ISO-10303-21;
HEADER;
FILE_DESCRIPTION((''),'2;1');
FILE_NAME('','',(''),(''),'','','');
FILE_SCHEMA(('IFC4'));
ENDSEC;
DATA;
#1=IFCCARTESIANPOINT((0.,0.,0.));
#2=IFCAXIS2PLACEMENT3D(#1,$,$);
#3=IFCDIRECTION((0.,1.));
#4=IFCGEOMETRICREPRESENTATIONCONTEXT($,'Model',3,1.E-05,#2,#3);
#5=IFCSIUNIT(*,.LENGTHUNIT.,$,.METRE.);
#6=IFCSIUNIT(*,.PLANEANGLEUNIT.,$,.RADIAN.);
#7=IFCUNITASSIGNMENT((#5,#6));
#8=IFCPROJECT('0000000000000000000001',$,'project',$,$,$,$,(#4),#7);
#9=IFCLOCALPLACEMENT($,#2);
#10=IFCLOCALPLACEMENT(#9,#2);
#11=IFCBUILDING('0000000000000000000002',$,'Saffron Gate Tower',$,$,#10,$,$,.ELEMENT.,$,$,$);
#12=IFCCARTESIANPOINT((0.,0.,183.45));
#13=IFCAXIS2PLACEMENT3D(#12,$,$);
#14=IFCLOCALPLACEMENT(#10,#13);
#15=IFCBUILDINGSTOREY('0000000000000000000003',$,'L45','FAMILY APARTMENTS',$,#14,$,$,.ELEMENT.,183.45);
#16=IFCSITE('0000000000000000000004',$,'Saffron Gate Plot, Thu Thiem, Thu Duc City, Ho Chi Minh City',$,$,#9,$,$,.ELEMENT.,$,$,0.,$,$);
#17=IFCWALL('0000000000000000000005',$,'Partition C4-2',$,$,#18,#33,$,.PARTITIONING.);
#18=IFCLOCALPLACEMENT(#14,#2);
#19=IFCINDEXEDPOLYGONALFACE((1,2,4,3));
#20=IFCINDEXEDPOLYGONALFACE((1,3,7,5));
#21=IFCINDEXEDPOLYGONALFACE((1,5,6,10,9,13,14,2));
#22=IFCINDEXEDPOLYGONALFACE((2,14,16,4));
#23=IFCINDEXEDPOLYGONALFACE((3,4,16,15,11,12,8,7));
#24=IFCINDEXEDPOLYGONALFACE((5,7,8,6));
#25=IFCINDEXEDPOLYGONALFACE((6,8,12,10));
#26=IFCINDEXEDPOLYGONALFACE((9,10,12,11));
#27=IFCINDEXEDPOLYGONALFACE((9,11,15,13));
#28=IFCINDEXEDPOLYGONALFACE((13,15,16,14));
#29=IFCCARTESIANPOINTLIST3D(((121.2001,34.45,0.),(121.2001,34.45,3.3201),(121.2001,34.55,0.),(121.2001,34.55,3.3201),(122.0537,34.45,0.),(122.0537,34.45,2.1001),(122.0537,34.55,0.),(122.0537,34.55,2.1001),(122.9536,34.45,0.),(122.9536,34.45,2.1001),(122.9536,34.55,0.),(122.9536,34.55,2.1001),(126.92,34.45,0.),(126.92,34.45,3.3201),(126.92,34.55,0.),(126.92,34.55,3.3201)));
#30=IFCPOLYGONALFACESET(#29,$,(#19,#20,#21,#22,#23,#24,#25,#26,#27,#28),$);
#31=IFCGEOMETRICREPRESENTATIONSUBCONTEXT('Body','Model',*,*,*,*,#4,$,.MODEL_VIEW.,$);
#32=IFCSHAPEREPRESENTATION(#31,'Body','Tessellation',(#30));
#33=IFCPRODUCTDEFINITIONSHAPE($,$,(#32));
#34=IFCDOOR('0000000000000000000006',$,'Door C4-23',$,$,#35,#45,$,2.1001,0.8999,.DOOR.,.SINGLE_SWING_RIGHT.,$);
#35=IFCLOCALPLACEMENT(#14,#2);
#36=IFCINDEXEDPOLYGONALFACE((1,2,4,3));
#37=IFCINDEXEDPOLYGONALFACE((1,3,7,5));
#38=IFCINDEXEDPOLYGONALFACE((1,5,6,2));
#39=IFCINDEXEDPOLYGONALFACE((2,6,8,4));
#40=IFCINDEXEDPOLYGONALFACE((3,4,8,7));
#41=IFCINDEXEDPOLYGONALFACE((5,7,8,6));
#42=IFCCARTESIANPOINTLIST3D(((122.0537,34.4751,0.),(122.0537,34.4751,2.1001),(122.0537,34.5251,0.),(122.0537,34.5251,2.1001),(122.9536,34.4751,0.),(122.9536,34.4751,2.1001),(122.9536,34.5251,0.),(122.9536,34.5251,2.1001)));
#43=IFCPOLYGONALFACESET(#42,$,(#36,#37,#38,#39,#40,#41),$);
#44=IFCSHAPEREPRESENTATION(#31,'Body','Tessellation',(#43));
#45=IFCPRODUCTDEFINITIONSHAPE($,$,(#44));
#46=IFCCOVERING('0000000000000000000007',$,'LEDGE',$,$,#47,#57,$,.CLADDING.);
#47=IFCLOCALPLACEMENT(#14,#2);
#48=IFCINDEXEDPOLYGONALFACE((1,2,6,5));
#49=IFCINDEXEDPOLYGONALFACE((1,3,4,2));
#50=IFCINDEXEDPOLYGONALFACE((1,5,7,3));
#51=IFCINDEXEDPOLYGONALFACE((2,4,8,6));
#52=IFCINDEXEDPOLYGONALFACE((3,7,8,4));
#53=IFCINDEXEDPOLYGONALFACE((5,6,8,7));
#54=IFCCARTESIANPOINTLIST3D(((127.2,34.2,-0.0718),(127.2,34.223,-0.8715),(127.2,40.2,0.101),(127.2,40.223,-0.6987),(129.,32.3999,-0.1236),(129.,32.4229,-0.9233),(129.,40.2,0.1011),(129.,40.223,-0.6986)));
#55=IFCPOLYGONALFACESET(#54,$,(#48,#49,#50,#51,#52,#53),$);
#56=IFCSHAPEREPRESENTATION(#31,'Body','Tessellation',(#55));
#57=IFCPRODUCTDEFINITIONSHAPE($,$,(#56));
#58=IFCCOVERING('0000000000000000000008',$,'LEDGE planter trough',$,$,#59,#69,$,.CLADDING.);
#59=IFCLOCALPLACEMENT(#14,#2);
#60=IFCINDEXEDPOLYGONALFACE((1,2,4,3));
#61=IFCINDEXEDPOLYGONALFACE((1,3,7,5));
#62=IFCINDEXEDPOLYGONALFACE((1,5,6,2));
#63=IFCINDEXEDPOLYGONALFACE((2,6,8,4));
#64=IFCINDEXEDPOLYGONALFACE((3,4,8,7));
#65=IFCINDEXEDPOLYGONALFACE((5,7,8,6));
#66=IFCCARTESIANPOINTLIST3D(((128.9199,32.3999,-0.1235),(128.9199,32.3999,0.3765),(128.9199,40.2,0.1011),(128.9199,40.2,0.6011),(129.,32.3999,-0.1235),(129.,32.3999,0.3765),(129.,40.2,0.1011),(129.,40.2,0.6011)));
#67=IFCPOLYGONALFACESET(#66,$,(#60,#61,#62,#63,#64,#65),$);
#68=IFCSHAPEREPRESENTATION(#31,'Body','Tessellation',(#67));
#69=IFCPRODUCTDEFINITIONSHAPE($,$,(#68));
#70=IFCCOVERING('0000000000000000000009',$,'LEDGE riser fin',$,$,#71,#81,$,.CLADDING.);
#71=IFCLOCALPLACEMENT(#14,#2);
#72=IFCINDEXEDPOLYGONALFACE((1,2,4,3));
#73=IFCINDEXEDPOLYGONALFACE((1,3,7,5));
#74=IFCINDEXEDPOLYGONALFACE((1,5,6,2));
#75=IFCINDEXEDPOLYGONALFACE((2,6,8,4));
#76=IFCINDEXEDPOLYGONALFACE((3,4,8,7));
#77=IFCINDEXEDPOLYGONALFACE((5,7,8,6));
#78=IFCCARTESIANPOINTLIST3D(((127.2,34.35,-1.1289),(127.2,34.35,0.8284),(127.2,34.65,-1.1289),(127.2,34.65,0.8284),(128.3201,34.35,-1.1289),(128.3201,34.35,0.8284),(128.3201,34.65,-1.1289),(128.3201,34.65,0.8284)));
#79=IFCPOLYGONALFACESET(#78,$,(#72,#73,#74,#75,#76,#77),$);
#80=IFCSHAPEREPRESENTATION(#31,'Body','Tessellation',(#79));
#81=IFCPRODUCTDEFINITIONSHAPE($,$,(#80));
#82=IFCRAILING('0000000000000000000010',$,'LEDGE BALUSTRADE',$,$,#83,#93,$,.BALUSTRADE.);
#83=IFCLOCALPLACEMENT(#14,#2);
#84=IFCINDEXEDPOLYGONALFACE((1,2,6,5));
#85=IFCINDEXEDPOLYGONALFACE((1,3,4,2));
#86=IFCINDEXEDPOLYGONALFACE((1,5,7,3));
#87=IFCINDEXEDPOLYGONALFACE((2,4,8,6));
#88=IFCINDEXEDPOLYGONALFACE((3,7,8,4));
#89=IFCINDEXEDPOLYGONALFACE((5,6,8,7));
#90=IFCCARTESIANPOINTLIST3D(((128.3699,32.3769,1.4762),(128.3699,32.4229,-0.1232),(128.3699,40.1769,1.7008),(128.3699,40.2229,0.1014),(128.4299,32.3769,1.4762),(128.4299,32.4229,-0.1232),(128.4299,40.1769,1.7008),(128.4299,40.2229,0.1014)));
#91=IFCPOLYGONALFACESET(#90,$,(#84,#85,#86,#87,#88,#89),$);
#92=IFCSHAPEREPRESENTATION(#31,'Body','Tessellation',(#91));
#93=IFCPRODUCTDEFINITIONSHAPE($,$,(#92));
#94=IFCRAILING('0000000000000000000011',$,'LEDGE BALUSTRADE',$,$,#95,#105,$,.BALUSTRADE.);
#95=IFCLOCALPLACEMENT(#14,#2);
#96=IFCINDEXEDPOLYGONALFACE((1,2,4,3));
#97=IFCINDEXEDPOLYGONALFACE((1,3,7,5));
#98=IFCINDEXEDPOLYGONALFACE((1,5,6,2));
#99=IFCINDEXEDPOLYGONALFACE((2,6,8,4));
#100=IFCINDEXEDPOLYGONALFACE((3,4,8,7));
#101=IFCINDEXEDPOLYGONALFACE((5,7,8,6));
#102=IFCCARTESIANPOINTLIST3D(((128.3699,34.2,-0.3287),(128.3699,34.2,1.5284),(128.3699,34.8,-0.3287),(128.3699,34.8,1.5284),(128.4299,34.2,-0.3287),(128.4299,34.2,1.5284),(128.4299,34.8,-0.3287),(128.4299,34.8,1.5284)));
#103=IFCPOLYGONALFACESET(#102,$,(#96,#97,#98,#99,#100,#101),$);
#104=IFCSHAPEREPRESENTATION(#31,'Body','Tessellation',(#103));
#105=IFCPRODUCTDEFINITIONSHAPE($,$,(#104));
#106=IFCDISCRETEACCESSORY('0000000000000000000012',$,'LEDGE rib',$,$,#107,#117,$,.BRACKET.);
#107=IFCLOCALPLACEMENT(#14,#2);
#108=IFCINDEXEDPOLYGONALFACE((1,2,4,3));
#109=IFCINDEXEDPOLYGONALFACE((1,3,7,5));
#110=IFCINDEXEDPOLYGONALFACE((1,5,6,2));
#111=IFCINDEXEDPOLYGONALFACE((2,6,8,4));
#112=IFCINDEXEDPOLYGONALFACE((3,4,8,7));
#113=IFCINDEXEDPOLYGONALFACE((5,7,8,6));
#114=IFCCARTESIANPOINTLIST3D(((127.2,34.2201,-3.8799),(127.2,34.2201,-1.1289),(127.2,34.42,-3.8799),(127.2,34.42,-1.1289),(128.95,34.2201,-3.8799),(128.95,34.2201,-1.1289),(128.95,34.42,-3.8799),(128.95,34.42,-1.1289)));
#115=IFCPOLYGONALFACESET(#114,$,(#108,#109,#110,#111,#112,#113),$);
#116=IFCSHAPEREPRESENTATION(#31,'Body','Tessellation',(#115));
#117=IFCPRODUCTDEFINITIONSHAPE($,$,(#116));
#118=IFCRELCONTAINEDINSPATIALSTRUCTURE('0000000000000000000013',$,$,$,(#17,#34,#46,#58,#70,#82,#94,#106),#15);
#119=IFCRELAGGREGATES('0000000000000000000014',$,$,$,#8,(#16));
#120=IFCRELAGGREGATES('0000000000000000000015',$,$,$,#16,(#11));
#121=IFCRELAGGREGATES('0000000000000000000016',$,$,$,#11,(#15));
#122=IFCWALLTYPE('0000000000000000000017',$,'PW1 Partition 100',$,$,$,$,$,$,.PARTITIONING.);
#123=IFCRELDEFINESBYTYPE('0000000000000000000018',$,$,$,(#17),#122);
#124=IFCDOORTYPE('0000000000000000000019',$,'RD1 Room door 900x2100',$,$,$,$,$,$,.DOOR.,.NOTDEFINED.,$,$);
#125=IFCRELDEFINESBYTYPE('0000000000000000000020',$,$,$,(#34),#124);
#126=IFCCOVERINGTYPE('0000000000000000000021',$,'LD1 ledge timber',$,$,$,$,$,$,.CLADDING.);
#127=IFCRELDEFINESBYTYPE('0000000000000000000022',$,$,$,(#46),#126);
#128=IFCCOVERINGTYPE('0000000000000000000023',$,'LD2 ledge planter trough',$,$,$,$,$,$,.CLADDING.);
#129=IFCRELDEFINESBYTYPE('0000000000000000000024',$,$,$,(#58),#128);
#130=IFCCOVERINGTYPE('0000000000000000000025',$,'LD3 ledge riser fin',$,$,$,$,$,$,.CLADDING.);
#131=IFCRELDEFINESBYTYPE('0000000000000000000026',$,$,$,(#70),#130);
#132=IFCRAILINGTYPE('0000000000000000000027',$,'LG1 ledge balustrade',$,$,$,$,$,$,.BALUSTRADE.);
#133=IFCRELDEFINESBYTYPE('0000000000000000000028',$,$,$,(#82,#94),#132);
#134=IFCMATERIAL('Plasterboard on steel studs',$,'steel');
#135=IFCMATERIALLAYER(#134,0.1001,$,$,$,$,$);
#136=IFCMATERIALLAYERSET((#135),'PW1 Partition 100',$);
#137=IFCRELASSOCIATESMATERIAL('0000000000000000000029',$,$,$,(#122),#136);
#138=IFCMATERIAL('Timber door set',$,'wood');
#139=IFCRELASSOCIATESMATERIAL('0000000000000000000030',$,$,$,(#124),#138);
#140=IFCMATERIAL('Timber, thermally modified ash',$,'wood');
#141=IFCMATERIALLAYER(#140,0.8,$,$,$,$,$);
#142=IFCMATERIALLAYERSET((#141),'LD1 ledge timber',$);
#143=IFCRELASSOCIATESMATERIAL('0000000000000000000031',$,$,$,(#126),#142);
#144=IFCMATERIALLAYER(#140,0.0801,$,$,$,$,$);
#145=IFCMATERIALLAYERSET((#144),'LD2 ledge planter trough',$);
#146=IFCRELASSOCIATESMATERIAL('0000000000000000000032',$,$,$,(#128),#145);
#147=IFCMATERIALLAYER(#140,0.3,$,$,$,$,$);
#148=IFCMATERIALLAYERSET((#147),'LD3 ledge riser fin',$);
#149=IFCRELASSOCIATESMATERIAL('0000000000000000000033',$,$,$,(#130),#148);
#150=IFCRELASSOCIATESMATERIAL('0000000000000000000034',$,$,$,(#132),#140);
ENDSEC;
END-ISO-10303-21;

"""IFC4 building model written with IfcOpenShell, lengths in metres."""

from ifc_helpers import new_model, si_unit, direction, frame, frame_2d, origin, origin_2d, place, context, subcontext, project, spatial, polyline, rectangle, outline, extrude, material, layer, layer_set, type_object, element, fill, save


model = new_model("IFC4")

# Units and contexts
model_context = context("Model", 3, precision=1e-05, world=origin(), true_north=direction((0.0, 1.0)))
body_context = subcontext(model_context, "Body", "Model", "MODEL_VIEW")
ifc_project = project(units=[si_unit("LENGTHUNIT", "METRE"), si_unit("PLANEANGLEUNIT", "RADIAN")], contexts=[model_context])

# Site, building, storey
site_placement = place(None, origin())
site = spatial("IfcSite", under=ifc_project, at=site_placement, Name="Saffron Gate Plot, Thu Thiem, Thu Duc City, Ho Chi Minh City", CompositionType="ELEMENT", RefElevation=0.0)
building_placement = place(site_placement, origin())
building = spatial("IfcBuilding", under=site, at=building_placement, Name="Saffron Gate Tower", CompositionType="ELEMENT")
storey_placement = place(building_placement, frame((0.0, 0.0, 183.45)))
storey = spatial("IfcBuildingStorey", under=building, at=storey_placement, Name="L45", Description="FAMILY APARTMENTS", CompositionType="ELEMENT", Elevation=183.45)

# Wall, opening, door
ifc_material_1 = material(Name="Plasterboard on steel studs", Category="steel")
ifc_layer_1 = layer(ifc_material_1, 0.1001)
ifc_layer_set_1 = layer_set([ifc_layer_1], Name="PW1 Partition 100")
wall_type = type_object("IfcWallType", Name="PW1 Partition 100", PredefinedType="PARTITIONING", material=ifc_layer_set_1)
wall_placement = place(storey_placement, frame((126.9199, 34.5, 0.0), z_axis=(0.0, 0.0, 1.0), x_axis=(-1.0, 0.0, 0.0)))
wall = element("IfcWall", 1, at=wall_placement, inside=storey, type_object=wall_type, Name="Partition C4-2", PredefinedType="PARTITIONING", context=body_context, shape_type="SweptSolid", body=[
    extrude(rectangle(XDim=5.72, YDim=0.1001, at=frame_2d((2.8599, 0.0))), origin(), (0.0, 0.0, 1.0), 3.3201),
])
opening_1_placement = place(wall_placement, frame((3.9663, 0.0, 0.0)))
opening_1 = element("IfcOpeningElement", 2, at=opening_1_placement, cuts=wall, PredefinedType="OPENING", context=body_context, shape_type="SweptSolid", body=[
    extrude(rectangle(XDim=0.8999, YDim=2.1001, at=frame_2d((0.45, 1.05))), frame((0.0, 0.0601, 0.0), z_axis=(0.0, -1.0, 0.0), x_axis=(1.0, 0.0, 0.0)), (0.0, 0.0, 1.0), 0.1201),
])
ifc_material_2 = material(Name="Timber door set", Category="wood")
door_type = type_object("IfcDoorType", Name="RD1 Room door 900x2100", OperationType="NOTDEFINED", PredefinedType="DOOR", material=ifc_material_2)
door_placement = place(opening_1_placement, origin())
door = element("IfcDoor", 3, at=door_placement, inside=storey, type_object=door_type, Name="Door C4-23", OperationType="SINGLE_SWING_RIGHT", OverallHeight=2.1001, OverallWidth=0.8999, PredefinedType="DOOR", context=body_context, shape_type="SweptSolid", body=[
    extrude(rectangle(XDim=0.8999, YDim=2.1001, at=frame_2d((0.45, 1.05))), frame((0.0, 0.0249, 0.0), z_axis=(0.0, -1.0, 0.0), x_axis=(1.0, 0.0, 0.0)), (0.0, 0.0, 1.0), 0.05),
])
fill(opening_1, door)

# Coverings
ifc_material_3 = material(Name="Timber, thermally modified ash", Category="wood")
ifc_layer_2 = layer(ifc_material_3, 0.8)
ifc_layer_set_2 = layer_set([ifc_layer_2], Name="LD1 ledge timber")
covering_type_1 = type_object("IfcCoveringType", Name="LD1 ledge timber", PredefinedType="CLADDING", material=ifc_layer_set_2)
covering_1_placement = place(storey_placement, frame((127.2, 34.2, -0.0718), z_axis=(-0.000024, -0.028789, 0.999585), x_axis=(0.0, 0.999585, 0.028789)))
element("IfcCovering", 4, at=covering_1_placement, inside=storey, type_object=covering_type_1, Name="LEDGE", PredefinedType="CLADDING", context=body_context, shape_type="SweptSolid", body=[
    extrude(outline(polyline([(0.0, 0.0), (6.0025, 0.0), (6.0025, -1.8), (-1.8008, -1.8), (0.0, 0.0)])), origin(), (0.0, 0.0, -1.0), 0.8),
])
ifc_layer_3 = layer(ifc_material_3, 0.0801)
ifc_layer_set_3 = layer_set([ifc_layer_3], Name="LD2 ledge planter trough")
covering_type_2 = type_object("IfcCoveringType", Name="LD2 ledge planter trough", PredefinedType="CLADDING", material=ifc_layer_set_3)
covering_2_placement = place(storey_placement, frame((129.0, 32.3999, -0.1235), z_axis=(1.0, 0.0, 0.0), x_axis=(0.0, 0.999586, 0.028784)))
element("IfcCovering", 5, at=covering_2_placement, inside=storey, type_object=covering_type_2, Name="LEDGE planter trough", PredefinedType="CLADDING", context=body_context, shape_type="SweptSolid", body=[
    extrude(outline(polyline([(0.0, 0.0), (7.8033, 0.0), (7.8177, 0.4998), (0.0144, 0.4998), (0.0, 0.0)])), origin(), (0.0, 0.0, -1.0), 0.0801),
])
ifc_layer_4 = layer(ifc_material_3, 0.3)
ifc_layer_set_4 = layer_set([ifc_layer_4], Name="LD3 ledge riser fin")
covering_type_3 = type_object("IfcCoveringType", Name="LD3 ledge riser fin", PredefinedType="CLADDING", material=ifc_layer_set_4)
covering_3_placement = place(storey_placement, frame((127.76, 34.5, -1.1289), z_axis=(0.0, 0.0, 1.0), x_axis=(0.0, 1.0, 0.0)))
element("IfcCovering", 6, at=covering_3_placement, inside=storey, type_object=covering_type_3, Name="LEDGE riser fin", PredefinedType="CLADDING", context=body_context, shape_type="SweptSolid", body=[
    extrude(rectangle(XDim=0.3, YDim=1.1201, at=origin_2d()), origin(), (0.0, 0.0, 1.0), 1.9573),
])

# Railings
railing_type = type_object("IfcRailingType", Name="LG1 ledge balustrade", PredefinedType="BALUSTRADE", material=ifc_material_3)
railing_1_placement = place(storey_placement, frame((128.3999, 32.3999, -0.1235)))
element("IfcRailing", 7, at=railing_1_placement, inside=storey, type_object=railing_type, Name="LEDGE BALUSTRADE", PredefinedType="BALUSTRADE", context=body_context, shape_type="SweptSolid", body=[
    extrude(rectangle(XDim=0.0601, YDim=1.6001, at=origin_2d()), frame((0.0, 0.0, 0.8), z_axis=(0.0, 0.999586, 0.028784), x_axis=(-1.0, 0.0, 0.0)), (0.0, 0.0, 1.0), 7.8032),
])
railing_2_placement = place(storey_placement, frame((128.3999, 34.2, -0.3289)))
element("IfcRailing", 8, at=railing_2_placement, inside=storey, type_object=railing_type, Name="LEDGE BALUSTRADE", PredefinedType="BALUSTRADE", context=body_context, shape_type="SweptSolid", body=[
    extrude(rectangle(XDim=0.0601, YDim=1.8572, at=origin_2d()), frame((0.0, 0.0, 0.9287), z_axis=(0.0, 1.0, 0.0), x_axis=(-1.0, 0.0, 0.0)), (0.0, 0.0, 1.0), 0.6001),
])

# Discrete accessory
discrete_accessory_placement = place(storey_placement, frame((128.075, 34.3201, -3.8799), z_axis=(0.0, 0.0, 1.0), x_axis=(0.0, 1.0, 0.0)))
element("IfcDiscreteAccessory", 9, at=discrete_accessory_placement, inside=storey, Name="LEDGE rib", PredefinedType="BRACKET", context=body_context, shape_type="SweptSolid", body=[
    extrude(rectangle(XDim=0.2, YDim=1.75, at=origin_2d()), origin(), (0.0, 0.0, 1.0), 2.751),
])

save(model, "model.ifc")
